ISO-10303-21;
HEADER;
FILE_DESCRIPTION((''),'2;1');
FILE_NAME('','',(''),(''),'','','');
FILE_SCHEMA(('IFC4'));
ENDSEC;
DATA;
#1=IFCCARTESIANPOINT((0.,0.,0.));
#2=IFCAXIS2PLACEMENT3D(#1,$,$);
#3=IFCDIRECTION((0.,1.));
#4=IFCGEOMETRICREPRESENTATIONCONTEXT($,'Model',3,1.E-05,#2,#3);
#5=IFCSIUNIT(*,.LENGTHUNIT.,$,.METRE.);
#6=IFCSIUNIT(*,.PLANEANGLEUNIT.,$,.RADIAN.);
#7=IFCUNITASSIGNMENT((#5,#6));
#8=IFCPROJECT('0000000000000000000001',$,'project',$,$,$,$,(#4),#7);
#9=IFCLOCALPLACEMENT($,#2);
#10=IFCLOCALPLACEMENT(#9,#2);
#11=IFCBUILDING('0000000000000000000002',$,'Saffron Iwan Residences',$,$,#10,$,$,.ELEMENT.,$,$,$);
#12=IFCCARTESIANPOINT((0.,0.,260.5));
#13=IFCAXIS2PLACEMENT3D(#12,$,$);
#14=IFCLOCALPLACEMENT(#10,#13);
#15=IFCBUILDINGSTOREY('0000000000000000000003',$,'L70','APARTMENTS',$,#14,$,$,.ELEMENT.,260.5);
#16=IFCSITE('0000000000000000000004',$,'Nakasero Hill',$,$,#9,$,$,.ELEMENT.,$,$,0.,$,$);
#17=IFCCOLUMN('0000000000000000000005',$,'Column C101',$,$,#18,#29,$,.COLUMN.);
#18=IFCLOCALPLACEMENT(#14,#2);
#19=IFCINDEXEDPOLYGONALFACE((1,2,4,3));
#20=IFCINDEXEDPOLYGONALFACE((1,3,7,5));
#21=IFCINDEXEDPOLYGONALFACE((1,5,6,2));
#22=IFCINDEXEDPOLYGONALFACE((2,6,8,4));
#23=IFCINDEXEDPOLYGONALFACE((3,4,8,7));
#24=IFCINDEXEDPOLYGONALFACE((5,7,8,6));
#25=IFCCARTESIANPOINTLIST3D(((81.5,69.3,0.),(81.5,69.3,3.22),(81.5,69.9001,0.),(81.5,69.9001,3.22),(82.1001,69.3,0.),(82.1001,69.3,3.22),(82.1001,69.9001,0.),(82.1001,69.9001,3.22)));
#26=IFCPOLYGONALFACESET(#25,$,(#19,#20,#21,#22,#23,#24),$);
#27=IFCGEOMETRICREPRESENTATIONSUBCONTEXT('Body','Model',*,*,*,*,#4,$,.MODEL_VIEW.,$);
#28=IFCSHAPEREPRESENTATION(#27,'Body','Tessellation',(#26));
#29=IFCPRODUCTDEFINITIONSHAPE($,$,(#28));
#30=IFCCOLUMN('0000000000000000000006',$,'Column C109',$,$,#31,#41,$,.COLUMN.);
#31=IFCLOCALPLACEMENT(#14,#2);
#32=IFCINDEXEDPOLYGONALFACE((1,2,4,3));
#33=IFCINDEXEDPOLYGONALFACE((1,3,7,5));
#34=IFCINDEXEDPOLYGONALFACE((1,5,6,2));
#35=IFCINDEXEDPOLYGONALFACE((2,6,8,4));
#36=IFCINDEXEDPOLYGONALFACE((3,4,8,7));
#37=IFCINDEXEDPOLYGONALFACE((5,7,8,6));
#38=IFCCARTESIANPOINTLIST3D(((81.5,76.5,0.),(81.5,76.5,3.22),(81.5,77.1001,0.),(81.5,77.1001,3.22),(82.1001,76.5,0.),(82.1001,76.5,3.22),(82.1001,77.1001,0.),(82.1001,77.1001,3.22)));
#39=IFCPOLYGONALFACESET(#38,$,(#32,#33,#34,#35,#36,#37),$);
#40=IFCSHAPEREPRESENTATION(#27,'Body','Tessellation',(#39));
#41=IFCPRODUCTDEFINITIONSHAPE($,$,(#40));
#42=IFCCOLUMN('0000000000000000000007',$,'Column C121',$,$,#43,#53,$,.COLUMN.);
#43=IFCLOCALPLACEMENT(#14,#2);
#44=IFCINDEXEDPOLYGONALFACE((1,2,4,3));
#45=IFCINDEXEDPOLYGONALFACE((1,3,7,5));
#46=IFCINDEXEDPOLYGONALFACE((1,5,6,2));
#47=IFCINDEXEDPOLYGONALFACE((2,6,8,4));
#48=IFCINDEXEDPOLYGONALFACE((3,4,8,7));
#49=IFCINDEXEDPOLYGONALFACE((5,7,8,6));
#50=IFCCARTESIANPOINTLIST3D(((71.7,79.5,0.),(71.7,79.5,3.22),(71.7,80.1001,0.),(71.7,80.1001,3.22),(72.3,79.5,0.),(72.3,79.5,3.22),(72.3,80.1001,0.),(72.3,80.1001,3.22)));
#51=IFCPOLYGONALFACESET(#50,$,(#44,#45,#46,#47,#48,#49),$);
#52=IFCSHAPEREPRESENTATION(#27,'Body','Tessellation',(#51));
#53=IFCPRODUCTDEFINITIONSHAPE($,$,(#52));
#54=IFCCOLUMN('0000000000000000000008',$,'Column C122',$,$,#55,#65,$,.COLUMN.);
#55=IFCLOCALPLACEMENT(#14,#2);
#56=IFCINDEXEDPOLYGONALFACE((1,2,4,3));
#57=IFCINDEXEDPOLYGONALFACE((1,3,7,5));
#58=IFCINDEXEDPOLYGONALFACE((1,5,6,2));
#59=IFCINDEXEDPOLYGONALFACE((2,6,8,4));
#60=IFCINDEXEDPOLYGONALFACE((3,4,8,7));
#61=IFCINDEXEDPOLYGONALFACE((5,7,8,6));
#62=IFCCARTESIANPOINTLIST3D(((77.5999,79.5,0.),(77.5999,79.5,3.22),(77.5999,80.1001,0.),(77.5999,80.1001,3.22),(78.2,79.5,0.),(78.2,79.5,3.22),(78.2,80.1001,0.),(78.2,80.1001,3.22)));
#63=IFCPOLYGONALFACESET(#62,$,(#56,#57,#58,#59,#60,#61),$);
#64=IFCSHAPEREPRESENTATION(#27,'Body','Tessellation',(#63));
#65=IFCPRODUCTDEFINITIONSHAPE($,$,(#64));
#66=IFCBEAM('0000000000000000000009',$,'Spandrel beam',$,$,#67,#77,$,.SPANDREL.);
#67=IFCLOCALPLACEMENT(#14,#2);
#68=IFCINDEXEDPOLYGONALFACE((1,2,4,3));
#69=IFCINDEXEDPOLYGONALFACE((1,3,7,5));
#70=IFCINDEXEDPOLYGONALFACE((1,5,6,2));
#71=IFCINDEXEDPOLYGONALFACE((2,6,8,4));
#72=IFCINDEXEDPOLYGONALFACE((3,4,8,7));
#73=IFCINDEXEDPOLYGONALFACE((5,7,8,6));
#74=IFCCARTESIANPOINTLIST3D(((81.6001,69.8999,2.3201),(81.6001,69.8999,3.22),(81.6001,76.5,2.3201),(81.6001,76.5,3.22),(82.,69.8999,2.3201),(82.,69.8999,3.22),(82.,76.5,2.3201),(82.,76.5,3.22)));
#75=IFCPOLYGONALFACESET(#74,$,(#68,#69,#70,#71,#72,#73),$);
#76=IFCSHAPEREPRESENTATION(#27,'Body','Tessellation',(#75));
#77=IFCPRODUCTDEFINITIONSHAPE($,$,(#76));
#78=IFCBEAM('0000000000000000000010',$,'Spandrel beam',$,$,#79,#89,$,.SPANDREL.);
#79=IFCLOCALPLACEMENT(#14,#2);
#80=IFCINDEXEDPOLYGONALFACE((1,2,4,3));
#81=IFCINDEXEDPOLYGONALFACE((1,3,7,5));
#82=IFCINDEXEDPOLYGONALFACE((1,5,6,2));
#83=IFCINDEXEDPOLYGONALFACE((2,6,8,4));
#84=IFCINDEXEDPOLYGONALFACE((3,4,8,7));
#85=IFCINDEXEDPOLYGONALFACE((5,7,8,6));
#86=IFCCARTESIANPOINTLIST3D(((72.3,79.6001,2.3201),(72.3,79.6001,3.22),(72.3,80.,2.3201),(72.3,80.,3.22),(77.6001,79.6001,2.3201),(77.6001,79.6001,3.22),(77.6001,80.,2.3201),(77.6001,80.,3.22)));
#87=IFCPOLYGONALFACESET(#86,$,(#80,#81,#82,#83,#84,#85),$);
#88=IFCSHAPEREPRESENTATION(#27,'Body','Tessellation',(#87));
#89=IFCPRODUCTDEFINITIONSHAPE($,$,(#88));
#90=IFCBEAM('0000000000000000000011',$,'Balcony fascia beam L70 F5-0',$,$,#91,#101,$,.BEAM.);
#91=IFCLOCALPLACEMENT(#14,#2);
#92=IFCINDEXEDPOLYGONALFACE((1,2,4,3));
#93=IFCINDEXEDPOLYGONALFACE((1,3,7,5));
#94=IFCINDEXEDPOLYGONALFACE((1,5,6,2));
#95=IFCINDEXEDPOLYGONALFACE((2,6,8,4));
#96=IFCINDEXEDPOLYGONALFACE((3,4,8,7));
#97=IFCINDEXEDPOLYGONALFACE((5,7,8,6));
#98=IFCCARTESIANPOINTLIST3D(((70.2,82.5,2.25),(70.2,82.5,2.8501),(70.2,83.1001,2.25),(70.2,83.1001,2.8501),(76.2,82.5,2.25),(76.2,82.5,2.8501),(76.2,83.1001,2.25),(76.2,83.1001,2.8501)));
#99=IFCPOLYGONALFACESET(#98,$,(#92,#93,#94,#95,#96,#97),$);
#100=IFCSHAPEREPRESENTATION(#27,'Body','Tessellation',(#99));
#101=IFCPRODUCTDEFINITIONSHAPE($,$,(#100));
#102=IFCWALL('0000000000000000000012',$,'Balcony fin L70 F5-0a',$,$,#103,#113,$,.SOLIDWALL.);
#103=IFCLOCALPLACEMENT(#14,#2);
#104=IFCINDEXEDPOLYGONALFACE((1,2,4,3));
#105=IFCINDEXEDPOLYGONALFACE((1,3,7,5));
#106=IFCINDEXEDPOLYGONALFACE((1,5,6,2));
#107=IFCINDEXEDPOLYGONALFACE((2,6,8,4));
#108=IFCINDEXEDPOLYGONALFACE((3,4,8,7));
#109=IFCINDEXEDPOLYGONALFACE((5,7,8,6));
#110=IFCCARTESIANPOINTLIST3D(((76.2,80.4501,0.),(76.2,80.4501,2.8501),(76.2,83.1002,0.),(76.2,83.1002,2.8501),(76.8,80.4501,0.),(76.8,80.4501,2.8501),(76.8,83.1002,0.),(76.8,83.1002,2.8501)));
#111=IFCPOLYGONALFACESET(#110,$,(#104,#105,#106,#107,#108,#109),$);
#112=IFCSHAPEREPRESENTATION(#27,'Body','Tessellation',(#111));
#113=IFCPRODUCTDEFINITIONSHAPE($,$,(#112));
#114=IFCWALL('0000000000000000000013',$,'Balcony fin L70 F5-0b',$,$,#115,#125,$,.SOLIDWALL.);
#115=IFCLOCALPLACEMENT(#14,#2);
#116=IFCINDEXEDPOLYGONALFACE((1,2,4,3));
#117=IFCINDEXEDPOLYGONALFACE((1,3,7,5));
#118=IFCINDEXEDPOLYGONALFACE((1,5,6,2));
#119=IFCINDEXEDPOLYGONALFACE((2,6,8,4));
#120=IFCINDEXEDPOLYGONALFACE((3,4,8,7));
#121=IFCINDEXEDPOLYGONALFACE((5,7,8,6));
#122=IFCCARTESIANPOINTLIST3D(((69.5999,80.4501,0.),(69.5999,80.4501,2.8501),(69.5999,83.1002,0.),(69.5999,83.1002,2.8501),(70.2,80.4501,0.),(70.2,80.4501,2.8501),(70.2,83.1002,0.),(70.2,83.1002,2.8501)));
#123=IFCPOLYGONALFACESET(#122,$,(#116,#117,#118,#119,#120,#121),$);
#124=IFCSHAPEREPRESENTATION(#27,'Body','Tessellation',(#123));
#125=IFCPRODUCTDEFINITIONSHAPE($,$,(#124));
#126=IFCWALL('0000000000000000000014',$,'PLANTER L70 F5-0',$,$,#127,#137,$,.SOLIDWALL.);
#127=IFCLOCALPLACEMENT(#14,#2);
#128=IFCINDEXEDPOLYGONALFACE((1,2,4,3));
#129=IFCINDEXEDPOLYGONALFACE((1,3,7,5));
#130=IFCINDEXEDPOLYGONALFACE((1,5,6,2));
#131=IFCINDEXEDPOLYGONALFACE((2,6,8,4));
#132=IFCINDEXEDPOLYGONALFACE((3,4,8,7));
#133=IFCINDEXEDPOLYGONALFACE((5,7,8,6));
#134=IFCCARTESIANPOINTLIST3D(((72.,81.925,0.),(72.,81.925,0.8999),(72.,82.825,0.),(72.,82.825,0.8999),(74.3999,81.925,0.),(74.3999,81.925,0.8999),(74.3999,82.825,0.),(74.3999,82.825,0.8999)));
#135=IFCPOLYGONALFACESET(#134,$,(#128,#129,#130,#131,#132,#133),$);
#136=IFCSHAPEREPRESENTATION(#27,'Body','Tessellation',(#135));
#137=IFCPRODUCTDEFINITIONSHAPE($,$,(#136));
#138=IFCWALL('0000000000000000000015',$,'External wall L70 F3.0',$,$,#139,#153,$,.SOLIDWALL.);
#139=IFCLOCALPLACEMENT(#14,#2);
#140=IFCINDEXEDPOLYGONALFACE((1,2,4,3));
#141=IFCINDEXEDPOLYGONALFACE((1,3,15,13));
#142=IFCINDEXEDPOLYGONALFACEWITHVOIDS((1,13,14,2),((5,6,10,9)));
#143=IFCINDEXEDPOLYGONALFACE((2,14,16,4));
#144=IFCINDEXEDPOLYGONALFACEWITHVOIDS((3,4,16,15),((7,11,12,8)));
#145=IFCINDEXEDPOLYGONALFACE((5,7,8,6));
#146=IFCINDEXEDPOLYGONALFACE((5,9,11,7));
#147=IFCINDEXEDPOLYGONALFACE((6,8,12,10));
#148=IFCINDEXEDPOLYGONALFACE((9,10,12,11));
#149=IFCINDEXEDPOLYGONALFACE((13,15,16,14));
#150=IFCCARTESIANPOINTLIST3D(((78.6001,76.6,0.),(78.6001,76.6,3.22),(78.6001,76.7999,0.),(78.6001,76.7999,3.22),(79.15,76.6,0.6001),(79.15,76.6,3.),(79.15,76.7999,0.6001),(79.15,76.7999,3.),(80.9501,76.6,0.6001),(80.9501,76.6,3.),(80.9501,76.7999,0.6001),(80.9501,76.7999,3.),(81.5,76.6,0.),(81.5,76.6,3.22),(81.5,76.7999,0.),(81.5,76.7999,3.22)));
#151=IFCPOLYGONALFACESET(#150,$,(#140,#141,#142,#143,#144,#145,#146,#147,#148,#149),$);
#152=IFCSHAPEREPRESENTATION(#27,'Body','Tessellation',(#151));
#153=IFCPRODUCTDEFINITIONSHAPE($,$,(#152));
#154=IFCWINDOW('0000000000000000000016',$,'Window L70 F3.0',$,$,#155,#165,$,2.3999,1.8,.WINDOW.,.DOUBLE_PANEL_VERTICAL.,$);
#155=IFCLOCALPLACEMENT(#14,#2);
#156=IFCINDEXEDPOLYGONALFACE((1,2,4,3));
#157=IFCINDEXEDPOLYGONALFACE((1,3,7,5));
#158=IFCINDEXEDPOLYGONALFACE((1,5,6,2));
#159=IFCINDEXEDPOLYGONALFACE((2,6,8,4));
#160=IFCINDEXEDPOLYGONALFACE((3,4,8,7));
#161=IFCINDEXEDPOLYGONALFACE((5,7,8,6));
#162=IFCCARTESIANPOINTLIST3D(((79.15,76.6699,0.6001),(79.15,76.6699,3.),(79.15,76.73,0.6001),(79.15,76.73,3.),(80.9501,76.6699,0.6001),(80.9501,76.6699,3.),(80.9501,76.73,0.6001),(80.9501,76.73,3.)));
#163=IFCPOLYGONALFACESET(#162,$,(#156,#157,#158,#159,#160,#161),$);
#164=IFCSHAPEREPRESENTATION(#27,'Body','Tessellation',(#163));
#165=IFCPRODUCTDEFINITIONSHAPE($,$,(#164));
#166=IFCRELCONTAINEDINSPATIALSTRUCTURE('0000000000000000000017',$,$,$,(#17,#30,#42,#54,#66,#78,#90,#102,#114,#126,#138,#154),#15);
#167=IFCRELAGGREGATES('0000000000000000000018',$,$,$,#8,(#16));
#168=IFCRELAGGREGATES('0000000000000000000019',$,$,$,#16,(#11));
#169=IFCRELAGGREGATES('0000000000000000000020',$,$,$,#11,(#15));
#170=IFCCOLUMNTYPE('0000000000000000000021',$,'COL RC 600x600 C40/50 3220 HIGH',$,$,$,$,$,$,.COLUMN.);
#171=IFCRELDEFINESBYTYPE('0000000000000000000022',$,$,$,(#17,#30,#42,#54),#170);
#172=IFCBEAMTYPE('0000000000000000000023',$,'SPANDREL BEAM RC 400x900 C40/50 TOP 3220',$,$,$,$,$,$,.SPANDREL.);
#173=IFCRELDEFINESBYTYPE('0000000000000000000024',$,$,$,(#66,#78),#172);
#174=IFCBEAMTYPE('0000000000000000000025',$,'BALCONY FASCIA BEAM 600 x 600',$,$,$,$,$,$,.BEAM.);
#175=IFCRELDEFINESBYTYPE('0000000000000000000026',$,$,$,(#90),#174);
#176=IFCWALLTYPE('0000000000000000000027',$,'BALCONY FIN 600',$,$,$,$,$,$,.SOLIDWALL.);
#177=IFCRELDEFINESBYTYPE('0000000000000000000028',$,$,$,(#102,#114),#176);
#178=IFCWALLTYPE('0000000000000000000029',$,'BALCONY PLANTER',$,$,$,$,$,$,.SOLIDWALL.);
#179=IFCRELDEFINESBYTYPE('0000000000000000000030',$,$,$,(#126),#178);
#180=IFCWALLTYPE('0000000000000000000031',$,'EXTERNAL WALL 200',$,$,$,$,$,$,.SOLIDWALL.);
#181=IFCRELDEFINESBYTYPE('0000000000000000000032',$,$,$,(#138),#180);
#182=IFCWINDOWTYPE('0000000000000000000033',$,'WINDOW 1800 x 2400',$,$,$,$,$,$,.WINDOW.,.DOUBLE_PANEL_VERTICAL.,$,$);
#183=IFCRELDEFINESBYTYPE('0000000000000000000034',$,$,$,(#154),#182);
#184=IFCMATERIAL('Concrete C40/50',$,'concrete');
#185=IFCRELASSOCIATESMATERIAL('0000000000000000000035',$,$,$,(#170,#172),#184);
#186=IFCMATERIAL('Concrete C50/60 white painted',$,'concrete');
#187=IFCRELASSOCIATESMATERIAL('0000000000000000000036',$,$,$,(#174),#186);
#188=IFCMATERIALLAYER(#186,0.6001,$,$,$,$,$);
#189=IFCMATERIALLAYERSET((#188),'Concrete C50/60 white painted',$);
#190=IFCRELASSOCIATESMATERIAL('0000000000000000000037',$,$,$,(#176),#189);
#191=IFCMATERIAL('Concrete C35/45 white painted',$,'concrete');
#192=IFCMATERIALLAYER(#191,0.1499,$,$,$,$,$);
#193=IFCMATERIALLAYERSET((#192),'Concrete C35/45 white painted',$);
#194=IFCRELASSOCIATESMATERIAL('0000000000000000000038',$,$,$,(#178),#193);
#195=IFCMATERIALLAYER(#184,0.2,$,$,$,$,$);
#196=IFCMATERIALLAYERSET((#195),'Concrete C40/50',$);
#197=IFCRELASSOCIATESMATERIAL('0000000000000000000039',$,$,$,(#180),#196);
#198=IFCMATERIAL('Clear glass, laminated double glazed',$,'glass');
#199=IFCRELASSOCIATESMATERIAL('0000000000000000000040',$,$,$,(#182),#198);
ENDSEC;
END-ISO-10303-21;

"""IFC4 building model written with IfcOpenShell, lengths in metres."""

from ifc_helpers import new_model, si_unit, direction, frame, frame_2d, origin, origin_2d, place, context, subcontext, project, spatial, rectangle, extrude, source, transform, mapped, material, layer, layer_set, material_profile, profile_set, type_object, element, fill, save


model = new_model("IFC4")

# Units and contexts
model_context = context("Model", 3, precision=1e-05, world=origin(), true_north=direction((0.0, 1.0)))
body_context = subcontext(model_context, "Body", "Model", "MODEL_VIEW")
ifc_project = project(units=[si_unit("LENGTHUNIT", "METRE"), si_unit("PLANEANGLEUNIT", "RADIAN")], contexts=[model_context])

# Site, building, storey
site_placement = place(None, origin())
site = spatial("IfcSite", under=ifc_project, at=site_placement, Name="Nakasero Hill", CompositionType="ELEMENT", RefElevation=0.0)
building_placement = place(site_placement, origin())
building = spatial("IfcBuilding", under=site, at=building_placement, Name="Saffron Iwan Residences", CompositionType="ELEMENT")
storey_placement = place(building_placement, frame((0.0, 0.0, 260.5)))
storey = spatial("IfcBuildingStorey", under=building, at=storey_placement, Name="L70", Description="APARTMENTS", CompositionType="ELEMENT", Elevation=260.5)

# Columns
ifc_material_1 = material(Name="Concrete C40/50", Category="concrete")
ifc_material_profile_1 = material_profile(ifc_material_1, rectangle(XDim=0.6001, YDim=0.6001, at=origin_2d()), Name="RC 600x600")
ifc_profile_set_1 = profile_set([ifc_material_profile_1], Name="Concrete C40/50")
column_type = type_object("IfcColumnType", Name="COL RC 600x600 C40/50 3220 HIGH", PredefinedType="COLUMN", material=ifc_profile_set_1)
shared_shape_1 = source(origin(), body_context, "Body", "SweptSolid", [
    extrude(rectangle(XDim=0.6001, YDim=0.6001, at=origin_2d()), origin(), (0.0, 0.0, 1.0), 3.22),
])
for number, where, z_axis, x_axis, name in (
    (1, (81.8, 69.6001, 0.0), (0.0, 0.0, 1.0), (1.0, 0.0, 0.0), "Column C101"),
    (2, (81.8, 76.8, 0.0), (0.0, 0.0, 1.0), (1.0, 0.0, 0.0), "Column C109"),
    (3, (72.0, 79.8, 0.0), (0.0, 0.0, 1.0), (1.0, 0.0, 0.0), "Column C121"),
    (4, (77.8999, 79.8, 0.0), (0.0, 0.0, 1.0), (1.0, 0.0, 0.0), "Column C122"),
):
    element("IfcColumn", number, at=place(storey_placement, frame(where, z_axis=z_axis, x_axis=x_axis)), inside=storey, type_object=column_type, Name=name, PredefinedType="COLUMN", context=body_context, shape_type="MappedRepresentation", body=[
        mapped(shared_shape_1, transform((0.0, 0.0, 0.0))),
    ])

# Beams
ifc_material_profile_2 = material_profile(ifc_material_1, rectangle(XDim=0.3999, YDim=0.8999, at=origin_2d()), Name="RC 400x900")
ifc_profile_set_2 = profile_set([ifc_material_profile_2], Name="Concrete C40/50")
beam_type_1 = type_object("IfcBeamType", Name="SPANDREL BEAM RC 400x900 C40/50 TOP 3220", PredefinedType="SPANDREL", material=ifc_profile_set_2)
shared_shape_2 = source(origin(), body_context, "Body", "SweptSolid", [
    extrude(rectangle(XDim=0.3999, YDim=0.8999, at=origin_2d()), origin(), (0.0, 0.0, 1.0), 6.6001),
])
beam_1_placement = place(storey_placement, frame((81.8, 76.5, 2.77), z_axis=(0.0, -1.0, 0.0), x_axis=(1.0, 0.0, 0.0)))
element("IfcBeam", 5, at=beam_1_placement, inside=storey, type_object=beam_type_1, Name="Spandrel beam", PredefinedType="SPANDREL", context=body_context, shape_type="MappedRepresentation", body=[
    mapped(shared_shape_2, transform((0.0, 0.0, 0.0))),
])
shared_shape_3 = source(origin(), body_context, "Body", "SweptSolid", [
    extrude(rectangle(XDim=0.3999, YDim=0.8999, at=origin_2d()), origin(), (0.0, 0.0, 1.0), 5.3),
])
beam_2_placement = place(storey_placement, frame((72.3, 79.8, 2.77), z_axis=(1.0, 0.0, 0.0), x_axis=(0.0, 1.0, 0.0)))
element("IfcBeam", 6, at=beam_2_placement, inside=storey, type_object=beam_type_1, Name="Spandrel beam", PredefinedType="SPANDREL", context=body_context, shape_type="MappedRepresentation", body=[
    mapped(shared_shape_3, transform((0.0, 0.0, 0.0))),
])
ifc_material_2 = material(Name="Concrete C50/60 white painted", Category="concrete")
ifc_material_profile_3 = material_profile(ifc_material_2, rectangle(XDim=0.6001, YDim=0.6001, at=origin_2d()), Name="BALCONY FASCIA BEAM 600 x 600")
ifc_profile_set_3 = profile_set([ifc_material_profile_3], Name="Concrete C50/60 white painted")
beam_type_2 = type_object("IfcBeamType", Name="BALCONY FASCIA BEAM 600 x 600", PredefinedType="BEAM", material=ifc_profile_set_3)
shared_shape_4 = source(origin(), body_context, "Body", "SweptSolid", [
    extrude(rectangle(XDim=0.6001, YDim=0.6001, at=origin_2d()), origin(), (0.0, 0.0, 1.0), 6.0),
])
beam_3_placement = place(storey_placement, frame((76.2, 82.8, 2.55), z_axis=(-1.0, 0.0, 0.0), x_axis=(0.0, -1.0, 0.0)))
element("IfcBeam", 7, at=beam_3_placement, inside=storey, type_object=beam_type_2, Name="Balcony fascia beam L70 F5-0", PredefinedType="BEAM", context=body_context, shape_type="MappedRepresentation", body=[
    mapped(shared_shape_4, transform((0.0, 0.0, 0.0))),
])

# Walls
ifc_layer_1 = layer(ifc_material_2, 0.6001)
ifc_layer_set_1 = layer_set([ifc_layer_1], Name="Concrete C50/60 white painted")
wall_type_1 = type_object("IfcWallType", Name="BALCONY FIN 600", PredefinedType="SOLIDWALL", material=ifc_layer_set_1)
for number, where, z_axis, x_axis, name in (
    (8, (76.5, 80.45, 0.0), (0.0, 0.0, 1.0), (0.0, 1.0, 0.0), "Balcony fin L70 F5-0a"),
    (9, (69.8999, 80.45, 0.0), (0.0, 0.0, 1.0), (0.0, 1.0, 0.0), "Balcony fin L70 F5-0b"),
):
    element("IfcWall", number, at=place(storey_placement, frame(where, z_axis=z_axis, x_axis=x_axis)), inside=storey, type_object=wall_type_1, Name=name, PredefinedType="SOLIDWALL", context=body_context, shape_type="SweptSolid", body=[
        extrude(rectangle(XDim=2.6501, YDim=0.6001, at=frame_2d((1.3252, 0.0))), origin(), (0.0, 0.0, 1.0), 2.8501),
    ])
ifc_material_3 = material(Name="Concrete C35/45 white painted", Category="concrete")
ifc_layer_2 = layer(ifc_material_3, 0.1499)
ifc_layer_set_2 = layer_set([ifc_layer_2], Name="Concrete C35/45 white painted")
wall_type_2 = type_object("IfcWallType", Name="BALCONY PLANTER", PredefinedType="SOLIDWALL", material=ifc_layer_set_2)
wall_1_placement = place(storey_placement, frame((74.3999, 82.375, 0.0), z_axis=(0.0, 0.0, 1.0), x_axis=(-1.0, 0.0, 0.0)))
element("IfcWall", 10, at=wall_1_placement, inside=storey, type_object=wall_type_2, Name="PLANTER L70 F5-0", PredefinedType="SOLIDWALL", context=body_context, shape_type="SweptSolid", body=[
    extrude(rectangle(XDim=2.3999, YDim=0.8999, at=frame_2d((1.2, 0.0))), origin(), (0.0, 0.0, 1.0), 0.8999),
])

# Wall, opening, window
ifc_layer_3 = layer(ifc_material_1, 0.2)
ifc_layer_set_3 = layer_set([ifc_layer_3], Name="Concrete C40/50")
wall_type_3 = type_object("IfcWallType", Name="EXTERNAL WALL 200", PredefinedType="SOLIDWALL", material=ifc_layer_set_3)
wall_2_placement = place(storey_placement, frame((81.5, 76.7, 0.0), z_axis=(0.0, 0.0, 1.0), x_axis=(-1.0, 0.0, 0.0)))
wall_2 = element("IfcWall", 11, at=wall_2_placement, inside=storey, type_object=wall_type_3, Name="External wall L70 F3.0", PredefinedType="SOLIDWALL", context=body_context, shape_type="SweptSolid", body=[
    extrude(rectangle(XDim=2.8999, YDim=0.2, at=frame_2d((1.45, 0.0))), origin(), (0.0, 0.0, 1.0), 3.22),
])
opening_1_placement = place(wall_2_placement, frame((0.55, 0.0, 0.6001)))
opening_1 = element("IfcOpeningElement", 12, at=opening_1_placement, cuts=wall_2, PredefinedType="OPENING", context=body_context, shape_type="SweptSolid", body=[
    extrude(rectangle(XDim=1.8, YDim=2.3999, at=frame_2d((0.8999, 1.2))), frame((0.0, 0.1099, 0.0), z_axis=(0.0, -1.0, 0.0), x_axis=(1.0, 0.0, 0.0)), (0.0, 0.0, 1.0), 0.22),
])
ifc_material_4 = material(Name="Clear glass, laminated double glazed", Category="glass")
window_type_1 = type_object("IfcWindowType", Name="WINDOW 1800 x 2400", PartitioningType="DOUBLE_PANEL_VERTICAL", PredefinedType="WINDOW", material=ifc_material_4)
window_1_placement = place(opening_1_placement, origin())
window_1 = element("IfcWindow", 13, at=window_1_placement, inside=storey, type_object=window_type_1, Name="Window L70 F3.0", OverallHeight=2.3999, OverallWidth=1.8, PartitioningType="DOUBLE_PANEL_VERTICAL", PredefinedType="WINDOW", context=body_context, shape_type="SweptSolid", body=[
    extrude(rectangle(XDim=1.8, YDim=2.3999, at=frame_2d((0.8999, 1.2))), frame((0.0, 0.03, 0.0), z_axis=(0.0, -1.0, 0.0), x_axis=(1.0, 0.0, 0.0)), (0.0, 0.0, 1.0), 0.0601),
])
fill(opening_1, window_1)

save(model, "model.ifc")
